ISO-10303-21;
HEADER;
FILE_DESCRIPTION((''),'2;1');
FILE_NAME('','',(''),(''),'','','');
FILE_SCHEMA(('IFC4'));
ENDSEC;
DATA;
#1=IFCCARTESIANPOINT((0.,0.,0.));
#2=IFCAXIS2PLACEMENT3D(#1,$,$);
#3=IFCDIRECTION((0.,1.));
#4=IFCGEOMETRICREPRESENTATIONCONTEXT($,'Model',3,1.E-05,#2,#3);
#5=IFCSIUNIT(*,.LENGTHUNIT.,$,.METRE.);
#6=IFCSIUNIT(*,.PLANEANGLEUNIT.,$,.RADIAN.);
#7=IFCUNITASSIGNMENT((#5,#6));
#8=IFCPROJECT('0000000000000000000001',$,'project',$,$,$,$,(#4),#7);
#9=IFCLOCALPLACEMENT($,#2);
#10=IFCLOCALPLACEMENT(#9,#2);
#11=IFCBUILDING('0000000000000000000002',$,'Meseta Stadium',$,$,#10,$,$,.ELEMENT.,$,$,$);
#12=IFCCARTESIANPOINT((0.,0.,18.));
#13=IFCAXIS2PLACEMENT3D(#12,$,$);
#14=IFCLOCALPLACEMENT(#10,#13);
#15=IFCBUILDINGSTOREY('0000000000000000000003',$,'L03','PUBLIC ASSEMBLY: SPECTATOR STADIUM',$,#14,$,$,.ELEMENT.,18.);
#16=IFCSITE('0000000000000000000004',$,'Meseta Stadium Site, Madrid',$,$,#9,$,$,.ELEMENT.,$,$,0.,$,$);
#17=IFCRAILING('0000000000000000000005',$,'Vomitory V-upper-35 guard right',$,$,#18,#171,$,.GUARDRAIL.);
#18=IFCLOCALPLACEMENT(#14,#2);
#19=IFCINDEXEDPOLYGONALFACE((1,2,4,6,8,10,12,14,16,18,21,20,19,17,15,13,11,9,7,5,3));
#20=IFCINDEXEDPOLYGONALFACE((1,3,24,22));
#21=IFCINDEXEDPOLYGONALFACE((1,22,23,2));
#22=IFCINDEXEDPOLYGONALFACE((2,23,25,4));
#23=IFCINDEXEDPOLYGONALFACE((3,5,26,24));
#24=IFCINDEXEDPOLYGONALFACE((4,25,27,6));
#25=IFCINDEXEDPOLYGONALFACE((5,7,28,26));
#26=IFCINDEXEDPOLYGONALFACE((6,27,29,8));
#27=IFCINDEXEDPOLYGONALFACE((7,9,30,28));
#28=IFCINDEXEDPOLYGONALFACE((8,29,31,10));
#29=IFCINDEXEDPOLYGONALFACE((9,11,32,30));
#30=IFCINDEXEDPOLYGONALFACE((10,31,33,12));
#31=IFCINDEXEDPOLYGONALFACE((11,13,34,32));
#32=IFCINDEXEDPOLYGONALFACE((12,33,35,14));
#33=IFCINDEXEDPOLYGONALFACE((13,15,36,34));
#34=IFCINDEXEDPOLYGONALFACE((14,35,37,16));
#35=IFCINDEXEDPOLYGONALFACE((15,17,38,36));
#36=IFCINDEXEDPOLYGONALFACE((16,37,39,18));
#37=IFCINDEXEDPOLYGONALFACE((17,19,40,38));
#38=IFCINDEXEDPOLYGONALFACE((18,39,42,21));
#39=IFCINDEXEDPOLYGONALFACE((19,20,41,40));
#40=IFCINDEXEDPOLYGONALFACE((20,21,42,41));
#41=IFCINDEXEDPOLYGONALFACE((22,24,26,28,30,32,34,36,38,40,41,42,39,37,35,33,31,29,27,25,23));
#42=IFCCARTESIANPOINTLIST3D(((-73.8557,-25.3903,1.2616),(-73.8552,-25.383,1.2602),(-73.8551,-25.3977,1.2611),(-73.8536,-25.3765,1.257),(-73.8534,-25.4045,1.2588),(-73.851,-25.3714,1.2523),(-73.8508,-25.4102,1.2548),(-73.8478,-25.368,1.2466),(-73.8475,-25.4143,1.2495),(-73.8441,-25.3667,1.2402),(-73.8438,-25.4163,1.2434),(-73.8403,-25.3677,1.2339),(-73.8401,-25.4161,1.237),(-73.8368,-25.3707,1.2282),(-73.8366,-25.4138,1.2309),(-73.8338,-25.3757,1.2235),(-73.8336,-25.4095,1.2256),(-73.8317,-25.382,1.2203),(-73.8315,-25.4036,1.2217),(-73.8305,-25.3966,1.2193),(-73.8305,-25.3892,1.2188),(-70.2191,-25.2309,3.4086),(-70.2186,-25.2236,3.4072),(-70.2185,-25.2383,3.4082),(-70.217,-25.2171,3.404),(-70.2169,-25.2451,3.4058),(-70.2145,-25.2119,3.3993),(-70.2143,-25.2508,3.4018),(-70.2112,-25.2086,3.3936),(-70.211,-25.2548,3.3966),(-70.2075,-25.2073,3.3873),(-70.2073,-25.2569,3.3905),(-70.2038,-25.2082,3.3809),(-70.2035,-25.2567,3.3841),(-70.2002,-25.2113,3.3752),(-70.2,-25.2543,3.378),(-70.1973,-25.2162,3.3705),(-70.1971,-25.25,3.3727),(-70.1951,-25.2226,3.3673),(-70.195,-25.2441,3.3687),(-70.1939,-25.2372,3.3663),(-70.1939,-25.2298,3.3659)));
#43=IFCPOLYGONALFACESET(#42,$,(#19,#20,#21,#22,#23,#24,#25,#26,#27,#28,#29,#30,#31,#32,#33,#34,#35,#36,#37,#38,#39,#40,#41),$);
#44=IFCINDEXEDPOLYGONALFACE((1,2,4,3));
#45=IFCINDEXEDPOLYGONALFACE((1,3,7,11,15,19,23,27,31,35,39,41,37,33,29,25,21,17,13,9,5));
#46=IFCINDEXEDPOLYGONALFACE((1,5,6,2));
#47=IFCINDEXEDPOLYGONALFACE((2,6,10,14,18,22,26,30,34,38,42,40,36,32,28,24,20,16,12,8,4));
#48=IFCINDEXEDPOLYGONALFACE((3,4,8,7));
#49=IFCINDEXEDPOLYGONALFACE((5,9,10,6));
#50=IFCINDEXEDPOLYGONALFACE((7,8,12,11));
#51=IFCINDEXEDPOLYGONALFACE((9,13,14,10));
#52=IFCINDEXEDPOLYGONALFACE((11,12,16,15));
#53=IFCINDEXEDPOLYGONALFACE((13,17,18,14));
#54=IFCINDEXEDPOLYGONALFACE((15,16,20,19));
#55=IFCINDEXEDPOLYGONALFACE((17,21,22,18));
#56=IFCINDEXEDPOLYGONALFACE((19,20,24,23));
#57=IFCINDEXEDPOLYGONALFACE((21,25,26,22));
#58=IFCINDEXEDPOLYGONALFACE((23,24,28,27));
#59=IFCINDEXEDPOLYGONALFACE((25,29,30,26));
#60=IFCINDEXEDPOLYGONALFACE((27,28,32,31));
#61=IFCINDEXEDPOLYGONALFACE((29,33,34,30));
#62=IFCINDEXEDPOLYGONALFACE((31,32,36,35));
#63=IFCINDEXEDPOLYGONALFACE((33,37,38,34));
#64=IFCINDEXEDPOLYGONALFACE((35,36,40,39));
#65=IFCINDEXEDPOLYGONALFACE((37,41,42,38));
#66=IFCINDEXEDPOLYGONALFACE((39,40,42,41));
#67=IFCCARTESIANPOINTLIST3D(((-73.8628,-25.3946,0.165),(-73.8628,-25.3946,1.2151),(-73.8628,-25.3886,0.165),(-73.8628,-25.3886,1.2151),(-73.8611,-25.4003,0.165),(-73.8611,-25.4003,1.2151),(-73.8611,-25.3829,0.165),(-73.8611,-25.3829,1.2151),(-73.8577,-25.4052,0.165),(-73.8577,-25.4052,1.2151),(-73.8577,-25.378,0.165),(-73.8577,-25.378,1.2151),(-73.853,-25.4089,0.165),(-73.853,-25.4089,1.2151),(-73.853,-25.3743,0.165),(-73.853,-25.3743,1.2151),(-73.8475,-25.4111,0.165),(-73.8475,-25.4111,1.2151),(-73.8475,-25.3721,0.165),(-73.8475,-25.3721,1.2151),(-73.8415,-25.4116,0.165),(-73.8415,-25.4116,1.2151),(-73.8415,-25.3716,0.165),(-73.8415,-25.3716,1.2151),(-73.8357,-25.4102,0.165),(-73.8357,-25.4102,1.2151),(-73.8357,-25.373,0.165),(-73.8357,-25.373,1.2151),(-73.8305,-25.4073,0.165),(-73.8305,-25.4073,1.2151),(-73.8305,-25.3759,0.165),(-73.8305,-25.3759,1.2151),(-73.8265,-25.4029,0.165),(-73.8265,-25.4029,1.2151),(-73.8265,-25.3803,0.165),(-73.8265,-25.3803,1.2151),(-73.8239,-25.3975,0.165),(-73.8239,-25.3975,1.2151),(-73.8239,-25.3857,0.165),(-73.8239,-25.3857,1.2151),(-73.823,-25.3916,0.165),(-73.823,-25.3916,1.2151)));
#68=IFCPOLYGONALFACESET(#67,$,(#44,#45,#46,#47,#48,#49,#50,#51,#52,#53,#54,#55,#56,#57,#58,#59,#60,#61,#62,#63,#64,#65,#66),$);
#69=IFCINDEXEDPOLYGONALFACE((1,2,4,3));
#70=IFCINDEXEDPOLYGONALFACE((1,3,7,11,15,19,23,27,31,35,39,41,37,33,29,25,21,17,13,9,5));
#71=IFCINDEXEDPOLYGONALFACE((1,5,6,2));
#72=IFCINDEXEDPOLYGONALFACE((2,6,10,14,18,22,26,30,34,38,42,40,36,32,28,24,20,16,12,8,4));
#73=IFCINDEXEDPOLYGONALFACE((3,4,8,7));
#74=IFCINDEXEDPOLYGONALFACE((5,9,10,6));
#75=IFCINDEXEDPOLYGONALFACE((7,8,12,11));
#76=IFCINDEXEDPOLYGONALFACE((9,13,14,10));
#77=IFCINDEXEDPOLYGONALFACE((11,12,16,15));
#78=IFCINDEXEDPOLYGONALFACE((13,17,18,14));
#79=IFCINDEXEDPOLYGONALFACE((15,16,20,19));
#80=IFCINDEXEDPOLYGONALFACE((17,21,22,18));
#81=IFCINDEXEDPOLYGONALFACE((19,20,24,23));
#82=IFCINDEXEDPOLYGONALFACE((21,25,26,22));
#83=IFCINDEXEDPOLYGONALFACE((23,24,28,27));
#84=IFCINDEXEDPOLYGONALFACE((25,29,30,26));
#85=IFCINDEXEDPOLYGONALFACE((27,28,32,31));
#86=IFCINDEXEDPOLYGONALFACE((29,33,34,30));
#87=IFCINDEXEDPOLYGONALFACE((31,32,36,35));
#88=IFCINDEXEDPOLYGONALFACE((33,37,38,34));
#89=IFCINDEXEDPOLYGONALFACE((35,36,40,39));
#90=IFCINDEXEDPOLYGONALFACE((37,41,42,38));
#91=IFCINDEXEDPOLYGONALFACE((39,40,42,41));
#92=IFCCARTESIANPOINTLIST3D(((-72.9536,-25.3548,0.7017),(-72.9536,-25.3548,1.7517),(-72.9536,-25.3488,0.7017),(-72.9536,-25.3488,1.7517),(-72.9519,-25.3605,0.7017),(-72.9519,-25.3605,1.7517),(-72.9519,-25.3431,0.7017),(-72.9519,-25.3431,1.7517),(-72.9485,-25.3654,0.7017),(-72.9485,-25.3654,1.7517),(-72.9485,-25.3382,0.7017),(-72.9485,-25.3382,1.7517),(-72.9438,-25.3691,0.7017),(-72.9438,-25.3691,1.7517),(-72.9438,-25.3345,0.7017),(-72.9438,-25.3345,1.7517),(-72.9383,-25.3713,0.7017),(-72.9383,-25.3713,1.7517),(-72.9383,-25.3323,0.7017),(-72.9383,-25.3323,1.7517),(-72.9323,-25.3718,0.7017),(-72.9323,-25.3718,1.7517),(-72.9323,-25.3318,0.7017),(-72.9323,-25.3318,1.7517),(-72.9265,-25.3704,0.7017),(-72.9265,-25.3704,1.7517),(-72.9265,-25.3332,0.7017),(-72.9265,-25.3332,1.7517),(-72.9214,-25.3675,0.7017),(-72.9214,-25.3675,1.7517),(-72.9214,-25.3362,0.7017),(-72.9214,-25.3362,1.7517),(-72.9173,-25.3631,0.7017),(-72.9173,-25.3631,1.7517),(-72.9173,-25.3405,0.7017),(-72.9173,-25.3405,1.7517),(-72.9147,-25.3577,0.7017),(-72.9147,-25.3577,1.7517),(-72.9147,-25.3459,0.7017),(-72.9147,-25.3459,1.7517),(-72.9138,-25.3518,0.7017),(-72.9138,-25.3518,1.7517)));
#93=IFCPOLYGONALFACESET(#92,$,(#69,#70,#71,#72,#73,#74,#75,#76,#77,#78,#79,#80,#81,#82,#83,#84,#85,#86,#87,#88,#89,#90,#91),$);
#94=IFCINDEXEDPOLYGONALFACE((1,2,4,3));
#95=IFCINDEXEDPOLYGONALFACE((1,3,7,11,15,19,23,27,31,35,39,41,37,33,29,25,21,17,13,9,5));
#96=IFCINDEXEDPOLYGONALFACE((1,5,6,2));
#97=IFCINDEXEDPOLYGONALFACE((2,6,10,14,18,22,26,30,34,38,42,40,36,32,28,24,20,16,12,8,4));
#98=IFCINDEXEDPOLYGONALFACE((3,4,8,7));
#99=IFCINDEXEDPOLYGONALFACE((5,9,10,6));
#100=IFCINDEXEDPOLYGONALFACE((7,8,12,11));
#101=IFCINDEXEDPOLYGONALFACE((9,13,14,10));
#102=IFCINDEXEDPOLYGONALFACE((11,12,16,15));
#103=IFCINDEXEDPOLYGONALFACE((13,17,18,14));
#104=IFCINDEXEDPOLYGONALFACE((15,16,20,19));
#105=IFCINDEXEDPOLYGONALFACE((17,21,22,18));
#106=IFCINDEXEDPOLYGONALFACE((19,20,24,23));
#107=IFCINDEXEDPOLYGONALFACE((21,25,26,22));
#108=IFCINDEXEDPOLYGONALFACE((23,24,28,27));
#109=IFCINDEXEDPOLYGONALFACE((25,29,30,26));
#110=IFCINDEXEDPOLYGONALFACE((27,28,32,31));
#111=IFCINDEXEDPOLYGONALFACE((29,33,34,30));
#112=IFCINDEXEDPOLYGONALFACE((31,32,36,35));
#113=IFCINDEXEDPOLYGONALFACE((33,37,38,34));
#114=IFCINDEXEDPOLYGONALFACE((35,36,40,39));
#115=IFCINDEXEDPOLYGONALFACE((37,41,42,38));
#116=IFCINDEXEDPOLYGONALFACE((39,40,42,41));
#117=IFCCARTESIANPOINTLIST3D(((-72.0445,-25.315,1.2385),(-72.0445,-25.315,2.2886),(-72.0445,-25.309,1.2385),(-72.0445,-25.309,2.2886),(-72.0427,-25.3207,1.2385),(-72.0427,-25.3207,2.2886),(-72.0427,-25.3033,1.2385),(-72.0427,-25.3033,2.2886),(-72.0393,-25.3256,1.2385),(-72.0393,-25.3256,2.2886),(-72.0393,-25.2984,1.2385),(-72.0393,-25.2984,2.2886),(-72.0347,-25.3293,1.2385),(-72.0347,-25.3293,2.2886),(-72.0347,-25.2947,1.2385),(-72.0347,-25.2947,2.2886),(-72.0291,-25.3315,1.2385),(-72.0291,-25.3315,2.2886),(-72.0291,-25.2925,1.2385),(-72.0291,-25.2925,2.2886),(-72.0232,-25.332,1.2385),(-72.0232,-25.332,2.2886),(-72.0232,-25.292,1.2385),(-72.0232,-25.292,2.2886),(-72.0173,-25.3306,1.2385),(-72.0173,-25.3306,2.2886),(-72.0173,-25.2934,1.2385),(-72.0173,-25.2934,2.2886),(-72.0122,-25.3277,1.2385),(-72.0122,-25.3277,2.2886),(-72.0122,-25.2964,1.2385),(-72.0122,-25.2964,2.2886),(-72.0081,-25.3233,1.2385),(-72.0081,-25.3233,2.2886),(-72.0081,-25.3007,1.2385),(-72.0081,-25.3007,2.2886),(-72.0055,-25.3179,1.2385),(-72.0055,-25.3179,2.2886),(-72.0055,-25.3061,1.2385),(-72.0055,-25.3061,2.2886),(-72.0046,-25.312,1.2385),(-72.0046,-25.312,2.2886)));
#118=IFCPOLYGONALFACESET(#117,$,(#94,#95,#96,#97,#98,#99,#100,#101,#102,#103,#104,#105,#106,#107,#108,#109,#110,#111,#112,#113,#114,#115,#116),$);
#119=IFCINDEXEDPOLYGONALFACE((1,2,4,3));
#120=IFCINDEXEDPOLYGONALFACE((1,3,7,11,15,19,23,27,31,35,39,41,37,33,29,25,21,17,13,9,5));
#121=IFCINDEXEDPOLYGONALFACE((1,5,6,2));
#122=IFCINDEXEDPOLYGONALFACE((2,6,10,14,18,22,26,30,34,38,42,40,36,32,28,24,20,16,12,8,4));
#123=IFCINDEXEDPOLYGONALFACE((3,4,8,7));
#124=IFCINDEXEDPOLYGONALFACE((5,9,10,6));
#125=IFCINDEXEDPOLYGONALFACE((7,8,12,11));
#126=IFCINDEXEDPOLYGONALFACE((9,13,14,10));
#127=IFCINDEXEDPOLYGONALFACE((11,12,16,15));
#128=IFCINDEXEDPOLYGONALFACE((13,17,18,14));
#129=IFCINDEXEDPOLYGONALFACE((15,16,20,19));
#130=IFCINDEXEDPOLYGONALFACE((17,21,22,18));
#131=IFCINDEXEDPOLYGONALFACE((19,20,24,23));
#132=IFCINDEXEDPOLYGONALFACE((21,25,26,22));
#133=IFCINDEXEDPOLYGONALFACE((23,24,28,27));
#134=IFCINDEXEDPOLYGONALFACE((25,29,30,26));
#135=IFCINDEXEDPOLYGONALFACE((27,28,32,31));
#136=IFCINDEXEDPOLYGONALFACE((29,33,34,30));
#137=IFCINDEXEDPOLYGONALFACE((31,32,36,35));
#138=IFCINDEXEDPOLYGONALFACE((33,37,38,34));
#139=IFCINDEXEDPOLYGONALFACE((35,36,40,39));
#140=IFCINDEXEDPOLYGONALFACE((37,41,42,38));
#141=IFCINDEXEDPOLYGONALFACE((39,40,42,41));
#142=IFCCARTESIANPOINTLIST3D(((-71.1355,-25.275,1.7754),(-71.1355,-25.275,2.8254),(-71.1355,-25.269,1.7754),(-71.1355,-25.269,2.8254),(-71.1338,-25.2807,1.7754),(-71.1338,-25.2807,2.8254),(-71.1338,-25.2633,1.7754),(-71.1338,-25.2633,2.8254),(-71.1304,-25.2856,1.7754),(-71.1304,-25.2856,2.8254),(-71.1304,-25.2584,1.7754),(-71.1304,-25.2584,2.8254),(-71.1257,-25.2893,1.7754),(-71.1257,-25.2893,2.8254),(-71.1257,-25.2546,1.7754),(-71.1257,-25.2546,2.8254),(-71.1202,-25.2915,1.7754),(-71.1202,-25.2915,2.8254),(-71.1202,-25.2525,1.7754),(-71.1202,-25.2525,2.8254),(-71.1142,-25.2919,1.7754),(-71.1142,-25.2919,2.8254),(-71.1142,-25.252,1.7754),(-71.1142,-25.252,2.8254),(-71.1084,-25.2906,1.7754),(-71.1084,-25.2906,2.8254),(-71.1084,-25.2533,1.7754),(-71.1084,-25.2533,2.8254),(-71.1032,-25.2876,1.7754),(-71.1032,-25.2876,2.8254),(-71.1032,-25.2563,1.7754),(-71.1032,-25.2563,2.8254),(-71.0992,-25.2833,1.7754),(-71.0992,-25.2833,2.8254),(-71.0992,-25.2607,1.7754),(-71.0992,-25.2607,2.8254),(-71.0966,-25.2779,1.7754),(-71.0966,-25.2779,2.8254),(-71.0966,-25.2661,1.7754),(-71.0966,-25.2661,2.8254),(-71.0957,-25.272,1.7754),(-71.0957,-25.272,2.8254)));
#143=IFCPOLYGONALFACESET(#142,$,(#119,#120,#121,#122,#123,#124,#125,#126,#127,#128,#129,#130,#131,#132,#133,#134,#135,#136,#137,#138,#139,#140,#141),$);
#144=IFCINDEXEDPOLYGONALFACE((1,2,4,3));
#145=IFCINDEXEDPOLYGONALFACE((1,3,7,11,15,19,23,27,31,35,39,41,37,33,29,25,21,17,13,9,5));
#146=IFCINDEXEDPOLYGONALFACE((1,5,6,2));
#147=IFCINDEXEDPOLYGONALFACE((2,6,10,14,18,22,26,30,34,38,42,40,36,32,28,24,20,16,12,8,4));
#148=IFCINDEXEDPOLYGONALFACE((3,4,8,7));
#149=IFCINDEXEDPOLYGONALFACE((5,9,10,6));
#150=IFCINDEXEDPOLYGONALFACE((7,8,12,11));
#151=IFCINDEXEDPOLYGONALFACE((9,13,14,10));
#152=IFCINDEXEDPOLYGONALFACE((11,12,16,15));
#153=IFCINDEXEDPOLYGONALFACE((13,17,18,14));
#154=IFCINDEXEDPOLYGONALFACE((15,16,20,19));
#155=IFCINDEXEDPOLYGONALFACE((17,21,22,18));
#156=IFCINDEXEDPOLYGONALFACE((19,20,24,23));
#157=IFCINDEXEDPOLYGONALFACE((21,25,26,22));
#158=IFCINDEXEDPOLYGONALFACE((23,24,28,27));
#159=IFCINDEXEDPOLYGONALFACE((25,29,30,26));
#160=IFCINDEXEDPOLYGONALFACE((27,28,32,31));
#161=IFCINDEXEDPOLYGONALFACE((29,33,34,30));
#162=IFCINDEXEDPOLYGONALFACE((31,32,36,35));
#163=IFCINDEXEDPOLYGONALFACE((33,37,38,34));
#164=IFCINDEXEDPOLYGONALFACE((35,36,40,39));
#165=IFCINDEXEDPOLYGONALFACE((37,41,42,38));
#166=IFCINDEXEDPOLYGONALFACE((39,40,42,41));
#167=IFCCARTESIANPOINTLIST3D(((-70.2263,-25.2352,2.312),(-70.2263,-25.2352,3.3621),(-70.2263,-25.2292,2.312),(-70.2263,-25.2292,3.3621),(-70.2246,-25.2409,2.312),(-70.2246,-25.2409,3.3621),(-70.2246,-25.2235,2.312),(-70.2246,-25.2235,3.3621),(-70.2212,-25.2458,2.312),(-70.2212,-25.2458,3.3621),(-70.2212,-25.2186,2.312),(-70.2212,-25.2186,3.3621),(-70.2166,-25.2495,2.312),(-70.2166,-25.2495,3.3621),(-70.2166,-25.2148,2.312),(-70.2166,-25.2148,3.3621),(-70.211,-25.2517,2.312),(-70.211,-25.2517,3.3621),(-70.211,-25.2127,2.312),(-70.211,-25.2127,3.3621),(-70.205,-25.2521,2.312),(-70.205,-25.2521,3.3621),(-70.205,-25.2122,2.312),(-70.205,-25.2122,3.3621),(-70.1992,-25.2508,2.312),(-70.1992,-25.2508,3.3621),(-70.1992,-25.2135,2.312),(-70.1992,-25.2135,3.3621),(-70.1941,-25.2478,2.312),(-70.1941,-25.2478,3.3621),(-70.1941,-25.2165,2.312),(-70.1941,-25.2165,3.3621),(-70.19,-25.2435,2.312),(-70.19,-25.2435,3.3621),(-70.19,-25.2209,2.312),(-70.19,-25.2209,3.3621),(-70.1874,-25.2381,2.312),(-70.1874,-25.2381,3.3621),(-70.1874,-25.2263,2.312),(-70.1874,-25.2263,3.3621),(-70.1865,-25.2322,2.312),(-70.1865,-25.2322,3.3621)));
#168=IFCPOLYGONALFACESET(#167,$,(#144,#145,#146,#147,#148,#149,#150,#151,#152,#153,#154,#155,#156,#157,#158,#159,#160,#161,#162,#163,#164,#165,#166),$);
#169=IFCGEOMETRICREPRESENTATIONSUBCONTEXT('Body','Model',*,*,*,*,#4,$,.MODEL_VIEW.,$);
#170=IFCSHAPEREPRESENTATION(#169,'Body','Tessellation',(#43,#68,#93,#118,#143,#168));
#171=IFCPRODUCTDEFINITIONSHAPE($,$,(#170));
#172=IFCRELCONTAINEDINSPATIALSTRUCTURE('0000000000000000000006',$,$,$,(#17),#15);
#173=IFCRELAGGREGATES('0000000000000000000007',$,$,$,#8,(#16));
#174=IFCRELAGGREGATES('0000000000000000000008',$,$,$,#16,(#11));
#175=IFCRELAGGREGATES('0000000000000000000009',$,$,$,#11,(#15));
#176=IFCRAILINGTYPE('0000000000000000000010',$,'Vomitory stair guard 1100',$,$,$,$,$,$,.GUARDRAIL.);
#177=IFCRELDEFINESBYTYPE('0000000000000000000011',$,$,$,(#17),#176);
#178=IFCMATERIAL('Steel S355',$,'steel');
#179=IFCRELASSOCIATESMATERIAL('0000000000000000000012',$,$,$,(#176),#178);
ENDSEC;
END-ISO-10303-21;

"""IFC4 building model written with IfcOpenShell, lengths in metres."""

from ifc_helpers import new_model, si_unit, direction, frame, origin, origin_2d, place, context, subcontext, project, spatial, circle, extrude, material, type_object, element, save


model = new_model("IFC4")

# Units and contexts
model_context = context("Model", 3, precision=1e-05, world=origin(), true_north=direction((0.0, 1.0)))
body_context = subcontext(model_context, "Body", "Model", "MODEL_VIEW")
ifc_project = project(units=[si_unit("LENGTHUNIT", "METRE"), si_unit("PLANEANGLEUNIT", "RADIAN")], contexts=[model_context])

# Site, building, storey
site_placement = place(None, origin())
site = spatial("IfcSite", under=ifc_project, at=site_placement, Name="Meseta Stadium Site, Madrid", CompositionType="ELEMENT", RefElevation=0.0)
building_placement = place(site_placement, origin())
building = spatial("IfcBuilding", under=site, at=building_placement, Name="Meseta Stadium", CompositionType="ELEMENT")
storey_placement = place(building_placement, frame((0.0, 0.0, 18.0)))
storey = spatial("IfcBuildingStorey", under=building, at=storey_placement, Name="L03", Description="PUBLIC ASSEMBLY: SPECTATOR STADIUM", CompositionType="ELEMENT", Elevation=18.0)

# Railing
ifc_material_1 = material(Name="Steel S355", Category="steel")
railing_type_1 = type_object("IfcRailingType", Name="Vomitory stair guard 1100", PredefinedType="GUARDRAIL", material=ifc_material_1)
railing_1_placement = place(storey_placement, frame((-73.843, -25.3916, 0.165)))
element("IfcRailing", 1, at=railing_1_placement, inside=storey, type_object=railing_type_1, Name="Vomitory V-upper-35 guard right", PredefinedType="GUARDRAIL", context=body_context, shape_type="SweptSolid", body=[
    extrude(circle(Radius=0.0249, at=origin_2d()), frame((0.0, 0.0, 1.0752), z_axis=(0.860506, 0.037725, 0.508042), x_axis=(-0.043798, 0.99904, 0.0)), (0.0, 0.0, 1.0), 4.2261),
    extrude(circle(Radius=0.02, at=origin_2d()), origin(), (0.0, 0.0, 1.0), 1.05),
    extrude(circle(Radius=0.02, at=origin_2d()), frame((0.9092, 0.0398, 0.5366)), (0.0, 0.0, 1.0), 1.05),
    extrude(circle(Radius=0.02, at=origin_2d()), frame((1.8184, 0.0796, 1.0735)), (0.0, 0.0, 1.0), 1.05),
    extrude(circle(Radius=0.02, at=origin_2d()), frame((2.7273, 0.1196, 1.6104)), (0.0, 0.0, 1.0), 1.05),
    extrude(circle(Radius=0.02, at=origin_2d()), frame((3.6365, 0.1594, 2.147)), (0.0, 0.0, 1.0), 1.05),
])

save(model, "model.ifc")
